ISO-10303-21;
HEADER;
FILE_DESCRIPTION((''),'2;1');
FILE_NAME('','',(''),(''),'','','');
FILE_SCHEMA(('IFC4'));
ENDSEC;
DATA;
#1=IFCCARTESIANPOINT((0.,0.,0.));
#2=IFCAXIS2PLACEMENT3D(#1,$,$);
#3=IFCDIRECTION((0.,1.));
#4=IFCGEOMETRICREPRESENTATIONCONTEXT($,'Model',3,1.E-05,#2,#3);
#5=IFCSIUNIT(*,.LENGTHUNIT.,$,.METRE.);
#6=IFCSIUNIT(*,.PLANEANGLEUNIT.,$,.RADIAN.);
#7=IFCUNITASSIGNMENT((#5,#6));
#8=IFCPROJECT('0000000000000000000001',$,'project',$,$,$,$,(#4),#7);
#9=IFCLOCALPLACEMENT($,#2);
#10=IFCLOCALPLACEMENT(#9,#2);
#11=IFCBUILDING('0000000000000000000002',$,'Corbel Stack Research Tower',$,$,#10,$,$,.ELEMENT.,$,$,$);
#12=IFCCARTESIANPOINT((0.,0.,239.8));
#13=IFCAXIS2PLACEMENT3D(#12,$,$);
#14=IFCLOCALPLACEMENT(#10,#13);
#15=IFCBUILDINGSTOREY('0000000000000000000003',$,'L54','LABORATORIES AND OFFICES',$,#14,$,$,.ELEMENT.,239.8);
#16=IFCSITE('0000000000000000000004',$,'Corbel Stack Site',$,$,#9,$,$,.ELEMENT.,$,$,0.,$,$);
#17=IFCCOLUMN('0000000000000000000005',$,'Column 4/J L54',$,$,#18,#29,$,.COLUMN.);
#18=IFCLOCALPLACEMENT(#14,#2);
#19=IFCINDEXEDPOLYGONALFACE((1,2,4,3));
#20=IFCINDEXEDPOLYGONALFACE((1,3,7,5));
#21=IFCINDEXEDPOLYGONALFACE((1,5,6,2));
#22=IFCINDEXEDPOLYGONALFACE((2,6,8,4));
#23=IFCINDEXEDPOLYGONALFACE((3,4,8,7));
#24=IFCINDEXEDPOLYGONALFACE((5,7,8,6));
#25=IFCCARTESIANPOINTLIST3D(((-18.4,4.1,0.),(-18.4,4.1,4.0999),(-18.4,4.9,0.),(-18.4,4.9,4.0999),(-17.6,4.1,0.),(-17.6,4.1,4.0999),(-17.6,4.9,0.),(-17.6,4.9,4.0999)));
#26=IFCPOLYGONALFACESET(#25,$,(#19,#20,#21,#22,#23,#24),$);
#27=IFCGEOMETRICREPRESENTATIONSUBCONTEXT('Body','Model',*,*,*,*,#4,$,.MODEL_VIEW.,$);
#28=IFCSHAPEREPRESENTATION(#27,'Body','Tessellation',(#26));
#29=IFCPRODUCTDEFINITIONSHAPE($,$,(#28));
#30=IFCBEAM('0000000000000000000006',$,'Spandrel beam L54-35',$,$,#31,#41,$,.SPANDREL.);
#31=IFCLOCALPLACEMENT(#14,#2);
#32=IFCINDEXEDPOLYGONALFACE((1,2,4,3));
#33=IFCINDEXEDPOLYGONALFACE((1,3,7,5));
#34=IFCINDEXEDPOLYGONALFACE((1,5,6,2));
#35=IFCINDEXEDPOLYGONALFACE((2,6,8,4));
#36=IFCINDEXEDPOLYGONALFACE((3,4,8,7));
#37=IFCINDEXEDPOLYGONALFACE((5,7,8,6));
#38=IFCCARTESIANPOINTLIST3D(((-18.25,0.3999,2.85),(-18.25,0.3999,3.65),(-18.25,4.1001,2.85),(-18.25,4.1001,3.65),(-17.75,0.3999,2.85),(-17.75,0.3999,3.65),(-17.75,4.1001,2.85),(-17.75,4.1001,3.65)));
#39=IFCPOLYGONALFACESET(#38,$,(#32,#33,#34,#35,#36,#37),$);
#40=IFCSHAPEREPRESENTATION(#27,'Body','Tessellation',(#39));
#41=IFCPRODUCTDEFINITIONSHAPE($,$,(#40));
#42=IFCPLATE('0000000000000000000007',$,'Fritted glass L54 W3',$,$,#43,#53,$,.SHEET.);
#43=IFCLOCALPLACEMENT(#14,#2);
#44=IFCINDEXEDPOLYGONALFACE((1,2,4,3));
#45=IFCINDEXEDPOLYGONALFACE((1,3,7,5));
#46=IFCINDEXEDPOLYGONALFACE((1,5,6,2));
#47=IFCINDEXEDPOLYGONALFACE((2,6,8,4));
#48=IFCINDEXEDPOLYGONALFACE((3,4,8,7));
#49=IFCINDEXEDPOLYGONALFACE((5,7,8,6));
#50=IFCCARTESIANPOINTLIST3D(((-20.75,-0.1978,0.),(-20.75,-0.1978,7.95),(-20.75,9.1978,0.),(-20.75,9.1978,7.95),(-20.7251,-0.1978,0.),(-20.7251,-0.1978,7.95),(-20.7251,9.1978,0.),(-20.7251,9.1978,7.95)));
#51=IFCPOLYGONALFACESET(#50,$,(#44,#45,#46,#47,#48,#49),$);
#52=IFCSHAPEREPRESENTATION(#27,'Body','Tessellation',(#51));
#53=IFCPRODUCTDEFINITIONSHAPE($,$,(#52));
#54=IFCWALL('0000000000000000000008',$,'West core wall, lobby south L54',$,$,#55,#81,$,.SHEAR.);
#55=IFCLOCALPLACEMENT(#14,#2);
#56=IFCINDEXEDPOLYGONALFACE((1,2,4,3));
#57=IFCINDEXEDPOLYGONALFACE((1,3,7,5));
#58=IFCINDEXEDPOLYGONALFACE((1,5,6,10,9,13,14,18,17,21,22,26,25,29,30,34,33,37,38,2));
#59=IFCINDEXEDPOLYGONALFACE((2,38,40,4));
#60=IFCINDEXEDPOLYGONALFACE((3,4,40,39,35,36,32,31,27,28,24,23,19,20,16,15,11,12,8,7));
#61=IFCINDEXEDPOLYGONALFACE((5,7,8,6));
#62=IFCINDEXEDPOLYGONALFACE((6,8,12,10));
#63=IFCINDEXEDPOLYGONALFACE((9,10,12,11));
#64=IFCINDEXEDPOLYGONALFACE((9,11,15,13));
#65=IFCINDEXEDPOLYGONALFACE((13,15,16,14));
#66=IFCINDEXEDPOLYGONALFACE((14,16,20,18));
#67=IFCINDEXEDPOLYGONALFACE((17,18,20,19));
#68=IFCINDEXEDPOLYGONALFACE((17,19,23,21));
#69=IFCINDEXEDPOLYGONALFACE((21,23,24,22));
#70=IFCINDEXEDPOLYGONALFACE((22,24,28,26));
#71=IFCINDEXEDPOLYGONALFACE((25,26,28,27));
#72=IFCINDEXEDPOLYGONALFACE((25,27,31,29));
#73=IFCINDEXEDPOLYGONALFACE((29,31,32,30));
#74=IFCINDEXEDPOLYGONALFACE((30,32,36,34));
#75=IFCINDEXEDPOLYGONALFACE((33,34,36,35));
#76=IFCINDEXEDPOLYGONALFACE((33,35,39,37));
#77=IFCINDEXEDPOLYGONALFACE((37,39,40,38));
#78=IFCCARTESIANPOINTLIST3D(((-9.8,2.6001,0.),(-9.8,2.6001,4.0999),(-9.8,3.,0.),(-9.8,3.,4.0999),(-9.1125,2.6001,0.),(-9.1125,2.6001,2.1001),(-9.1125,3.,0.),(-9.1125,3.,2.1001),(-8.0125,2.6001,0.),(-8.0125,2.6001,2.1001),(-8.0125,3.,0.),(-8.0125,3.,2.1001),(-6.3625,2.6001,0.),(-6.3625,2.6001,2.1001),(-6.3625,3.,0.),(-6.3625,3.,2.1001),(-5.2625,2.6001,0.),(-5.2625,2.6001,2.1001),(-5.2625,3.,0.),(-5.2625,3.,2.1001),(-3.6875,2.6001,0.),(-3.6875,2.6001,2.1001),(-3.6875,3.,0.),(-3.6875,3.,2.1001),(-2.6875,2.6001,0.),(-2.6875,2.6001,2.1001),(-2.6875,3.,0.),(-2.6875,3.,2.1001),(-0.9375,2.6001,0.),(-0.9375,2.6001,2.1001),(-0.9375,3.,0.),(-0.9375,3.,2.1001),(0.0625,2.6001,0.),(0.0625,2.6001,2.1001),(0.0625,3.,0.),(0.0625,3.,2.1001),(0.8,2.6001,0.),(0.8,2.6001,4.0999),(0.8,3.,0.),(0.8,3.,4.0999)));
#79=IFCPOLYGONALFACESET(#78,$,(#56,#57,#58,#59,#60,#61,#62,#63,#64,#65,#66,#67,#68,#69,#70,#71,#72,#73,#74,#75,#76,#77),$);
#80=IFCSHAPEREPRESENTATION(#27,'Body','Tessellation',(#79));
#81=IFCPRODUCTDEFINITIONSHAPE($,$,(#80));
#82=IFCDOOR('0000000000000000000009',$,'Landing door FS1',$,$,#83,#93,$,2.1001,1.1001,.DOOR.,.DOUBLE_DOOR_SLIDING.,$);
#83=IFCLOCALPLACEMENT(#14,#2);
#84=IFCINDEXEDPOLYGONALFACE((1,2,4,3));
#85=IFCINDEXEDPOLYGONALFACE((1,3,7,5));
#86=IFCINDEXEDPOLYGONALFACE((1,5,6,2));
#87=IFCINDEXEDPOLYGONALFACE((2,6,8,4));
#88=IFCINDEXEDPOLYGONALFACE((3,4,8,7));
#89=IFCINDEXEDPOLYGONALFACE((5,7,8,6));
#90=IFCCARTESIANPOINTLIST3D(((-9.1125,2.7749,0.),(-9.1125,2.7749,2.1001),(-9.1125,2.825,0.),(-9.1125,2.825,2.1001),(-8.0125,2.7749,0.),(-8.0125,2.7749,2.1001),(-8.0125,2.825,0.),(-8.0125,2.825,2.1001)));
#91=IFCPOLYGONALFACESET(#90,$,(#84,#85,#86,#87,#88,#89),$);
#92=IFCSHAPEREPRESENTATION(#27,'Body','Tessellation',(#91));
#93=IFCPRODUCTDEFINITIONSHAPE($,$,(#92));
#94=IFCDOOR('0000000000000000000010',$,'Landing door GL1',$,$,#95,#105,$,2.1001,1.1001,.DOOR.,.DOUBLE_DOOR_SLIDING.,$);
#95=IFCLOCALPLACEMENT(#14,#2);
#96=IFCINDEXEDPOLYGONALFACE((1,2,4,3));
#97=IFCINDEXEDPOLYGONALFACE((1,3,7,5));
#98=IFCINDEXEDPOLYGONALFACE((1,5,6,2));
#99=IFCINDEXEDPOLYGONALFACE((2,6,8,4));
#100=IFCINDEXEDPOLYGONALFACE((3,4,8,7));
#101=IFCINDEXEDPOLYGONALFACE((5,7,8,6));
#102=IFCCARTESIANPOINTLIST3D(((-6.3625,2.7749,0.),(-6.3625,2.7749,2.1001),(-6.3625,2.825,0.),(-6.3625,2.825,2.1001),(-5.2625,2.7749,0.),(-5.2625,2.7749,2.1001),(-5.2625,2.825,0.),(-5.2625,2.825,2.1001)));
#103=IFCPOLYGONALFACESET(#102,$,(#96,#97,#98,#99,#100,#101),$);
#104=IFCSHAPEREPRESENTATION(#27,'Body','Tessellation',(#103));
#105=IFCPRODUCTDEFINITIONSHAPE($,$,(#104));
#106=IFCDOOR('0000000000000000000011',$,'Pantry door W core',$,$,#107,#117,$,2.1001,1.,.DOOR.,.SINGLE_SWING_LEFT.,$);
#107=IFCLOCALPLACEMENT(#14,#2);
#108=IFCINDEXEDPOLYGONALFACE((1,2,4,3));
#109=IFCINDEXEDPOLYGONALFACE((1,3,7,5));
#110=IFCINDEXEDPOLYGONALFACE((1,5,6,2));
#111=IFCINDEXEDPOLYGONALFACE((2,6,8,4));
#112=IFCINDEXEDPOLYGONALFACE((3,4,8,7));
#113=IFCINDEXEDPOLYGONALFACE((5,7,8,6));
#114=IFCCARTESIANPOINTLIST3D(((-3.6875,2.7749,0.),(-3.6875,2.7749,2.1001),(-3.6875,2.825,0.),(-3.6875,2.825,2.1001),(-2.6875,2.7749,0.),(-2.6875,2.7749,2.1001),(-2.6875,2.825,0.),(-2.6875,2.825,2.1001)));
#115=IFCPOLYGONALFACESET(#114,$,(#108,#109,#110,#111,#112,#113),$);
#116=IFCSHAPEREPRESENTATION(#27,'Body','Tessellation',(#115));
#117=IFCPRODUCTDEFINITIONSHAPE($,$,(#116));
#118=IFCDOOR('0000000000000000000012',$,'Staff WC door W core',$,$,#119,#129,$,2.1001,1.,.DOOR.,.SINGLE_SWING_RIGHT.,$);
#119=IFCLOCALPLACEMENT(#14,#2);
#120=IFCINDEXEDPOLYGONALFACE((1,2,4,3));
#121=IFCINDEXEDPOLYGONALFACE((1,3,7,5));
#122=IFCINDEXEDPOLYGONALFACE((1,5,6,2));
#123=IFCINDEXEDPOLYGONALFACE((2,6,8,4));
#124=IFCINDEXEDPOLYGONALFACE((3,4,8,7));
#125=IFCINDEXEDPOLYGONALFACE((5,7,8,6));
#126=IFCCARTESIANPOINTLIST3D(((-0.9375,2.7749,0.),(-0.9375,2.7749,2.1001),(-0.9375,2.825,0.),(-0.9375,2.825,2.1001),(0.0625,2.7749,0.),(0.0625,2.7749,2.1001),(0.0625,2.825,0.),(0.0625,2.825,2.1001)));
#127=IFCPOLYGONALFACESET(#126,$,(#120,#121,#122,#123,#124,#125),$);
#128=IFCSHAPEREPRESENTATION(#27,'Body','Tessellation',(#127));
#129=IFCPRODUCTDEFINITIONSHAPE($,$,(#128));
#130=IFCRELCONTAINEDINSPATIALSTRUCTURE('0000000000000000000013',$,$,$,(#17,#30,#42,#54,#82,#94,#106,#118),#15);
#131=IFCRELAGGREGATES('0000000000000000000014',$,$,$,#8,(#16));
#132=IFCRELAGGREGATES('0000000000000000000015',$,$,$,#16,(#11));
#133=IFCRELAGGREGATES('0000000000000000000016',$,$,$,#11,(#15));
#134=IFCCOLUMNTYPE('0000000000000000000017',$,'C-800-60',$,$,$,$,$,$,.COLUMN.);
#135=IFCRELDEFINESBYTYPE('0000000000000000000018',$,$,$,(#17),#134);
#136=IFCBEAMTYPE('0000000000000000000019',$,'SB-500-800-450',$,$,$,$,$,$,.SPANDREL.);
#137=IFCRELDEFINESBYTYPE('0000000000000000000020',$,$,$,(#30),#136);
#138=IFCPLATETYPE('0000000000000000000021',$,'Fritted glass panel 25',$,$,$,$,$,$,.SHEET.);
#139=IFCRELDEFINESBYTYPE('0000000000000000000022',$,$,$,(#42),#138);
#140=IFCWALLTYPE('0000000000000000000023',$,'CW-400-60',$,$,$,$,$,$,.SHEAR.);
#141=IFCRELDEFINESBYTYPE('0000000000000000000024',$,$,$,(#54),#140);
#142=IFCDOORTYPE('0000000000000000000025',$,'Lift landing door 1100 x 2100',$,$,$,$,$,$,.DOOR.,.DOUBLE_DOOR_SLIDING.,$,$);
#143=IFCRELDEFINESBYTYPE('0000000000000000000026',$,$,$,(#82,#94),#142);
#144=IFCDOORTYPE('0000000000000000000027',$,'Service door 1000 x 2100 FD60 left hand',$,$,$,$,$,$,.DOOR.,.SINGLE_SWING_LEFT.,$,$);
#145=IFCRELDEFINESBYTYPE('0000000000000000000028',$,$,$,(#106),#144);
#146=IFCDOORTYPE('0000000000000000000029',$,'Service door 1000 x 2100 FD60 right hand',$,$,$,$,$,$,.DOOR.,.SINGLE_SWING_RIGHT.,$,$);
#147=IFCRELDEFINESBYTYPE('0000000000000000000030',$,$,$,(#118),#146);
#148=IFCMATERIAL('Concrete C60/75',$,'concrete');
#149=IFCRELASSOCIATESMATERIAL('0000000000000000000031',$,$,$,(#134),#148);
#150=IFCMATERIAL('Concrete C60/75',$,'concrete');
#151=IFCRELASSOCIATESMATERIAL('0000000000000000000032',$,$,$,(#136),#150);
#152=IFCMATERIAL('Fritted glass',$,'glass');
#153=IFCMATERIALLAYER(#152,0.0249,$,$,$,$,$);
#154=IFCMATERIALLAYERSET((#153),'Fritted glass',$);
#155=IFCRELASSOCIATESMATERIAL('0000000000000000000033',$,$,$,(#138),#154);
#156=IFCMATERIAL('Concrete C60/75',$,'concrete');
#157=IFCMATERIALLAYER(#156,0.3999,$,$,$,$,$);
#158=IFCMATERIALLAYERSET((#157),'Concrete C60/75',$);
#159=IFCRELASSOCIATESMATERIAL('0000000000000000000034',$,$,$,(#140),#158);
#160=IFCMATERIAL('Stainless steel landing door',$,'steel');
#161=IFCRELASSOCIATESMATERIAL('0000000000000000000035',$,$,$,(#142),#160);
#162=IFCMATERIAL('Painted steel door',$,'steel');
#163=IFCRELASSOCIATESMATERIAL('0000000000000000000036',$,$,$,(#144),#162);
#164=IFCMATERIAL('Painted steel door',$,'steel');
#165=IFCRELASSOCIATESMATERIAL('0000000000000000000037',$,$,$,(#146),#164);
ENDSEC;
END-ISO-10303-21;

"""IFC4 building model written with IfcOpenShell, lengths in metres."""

from ifc_helpers import new_model, si_unit, direction, frame, frame_2d, origin, origin_2d, place, context, subcontext, project, spatial, rectangle, extrude, material, layer, layer_set, material_profile, profile_set, type_object, element, fill, save


model = new_model("IFC4")

# Units and contexts
model_context = context("Model", 3, precision=1e-05, world=origin(), true_north=direction((0.0, 1.0)))
body_context = subcontext(model_context, "Body", "Model", "MODEL_VIEW")
ifc_project = project(units=[si_unit("LENGTHUNIT", "METRE"), si_unit("PLANEANGLEUNIT", "RADIAN")], contexts=[model_context])

# Site, building, storey
site_placement = place(None, origin())
site = spatial("IfcSite", under=ifc_project, at=site_placement, Name="Corbel Stack Site", CompositionType="ELEMENT", RefElevation=0.0)
building_placement = place(site_placement, origin())
building = spatial("IfcBuilding", under=site, at=building_placement, Name="Corbel Stack Research Tower", CompositionType="ELEMENT")
storey_placement = place(building_placement, frame((0.0, 0.0, 239.8)))
storey = spatial("IfcBuildingStorey", under=building, at=storey_placement, Name="L54", Description="LABORATORIES AND OFFICES", CompositionType="ELEMENT", Elevation=239.8)

# Column
ifc_material_1 = material(Name="Concrete C60/75", Category="concrete")
ifc_material_profile_1 = material_profile(ifc_material_1, rectangle(XDim=0.8, YDim=0.8, at=origin_2d()), Name="RC 800 x 800")
ifc_profile_set_1 = profile_set([ifc_material_profile_1], Name="Concrete C60/75")
column_type = type_object("IfcColumnType", Name="C-800-60", PredefinedType="COLUMN", material=ifc_profile_set_1)
column_placement = place(storey_placement, frame((-18.0, 4.5, 0.0), z_axis=(0.0, 0.0, 1.0), x_axis=(1.0, 0.0, 0.0)))
element("IfcColumn", 1, at=column_placement, inside=storey, type_object=column_type, Name="Column 4/J L54", PredefinedType="COLUMN", context=body_context, shape_type="SweptSolid", body=[
    extrude(rectangle(XDim=0.8, YDim=0.8, at=origin_2d()), origin(), (0.0, 0.0, 1.0), 4.0999),
])

# Beam
ifc_material_2 = material(Name="Concrete C60/75", Category="concrete")
ifc_material_profile_2 = material_profile(ifc_material_2, rectangle(XDim=0.5, YDim=0.8, at=origin_2d()), Name="RC 500 x 800")
ifc_profile_set_2 = profile_set([ifc_material_profile_2], Name="Concrete C60/75")
beam_type = type_object("IfcBeamType", Name="SB-500-800-450", PredefinedType="SPANDREL", material=ifc_profile_set_2)
beam_placement = place(storey_placement, frame((-18.0, 4.1001, 3.25), z_axis=(0.0, -1.0, 0.0), x_axis=(1.0, 0.0, 0.0)))
element("IfcBeam", 2, at=beam_placement, inside=storey, type_object=beam_type, Name="Spandrel beam L54-35", PredefinedType="SPANDREL", context=body_context, shape_type="SweptSolid", body=[
    extrude(rectangle(XDim=0.5, YDim=0.8, at=origin_2d()), origin(), (0.0, 0.0, 1.0), 3.7002),
])

# Plate
ifc_material_3 = material(Name="Fritted glass", Category="glass")
ifc_layer_1 = layer(ifc_material_3, 0.0249)
ifc_layer_set_1 = layer_set([ifc_layer_1], Name="Fritted glass")
plate_type = type_object("IfcPlateType", Name="Fritted glass panel 25", PredefinedType="SHEET", material=ifc_layer_set_1)
plate_placement = place(storey_placement, frame((-20.7375, 4.5, 0.0), z_axis=(0.0, 0.0, 1.0), x_axis=(0.0, -1.0, 0.0)))
element("IfcPlate", 3, at=plate_placement, inside=storey, type_object=plate_type, Name="Fritted glass L54 W3", PredefinedType="SHEET", context=body_context, shape_type="SweptSolid", body=[
    extrude(rectangle(XDim=9.3955, YDim=0.0249, at=origin_2d()), origin(), (0.0, 0.0, 1.0), 7.95),
])

# Wall, openings, doors
ifc_material_4 = material(Name="Concrete C60/75", Category="concrete")
ifc_layer_2 = layer(ifc_material_4, 0.3999)
ifc_layer_set_2 = layer_set([ifc_layer_2], Name="Concrete C60/75")
wall_type_1 = type_object("IfcWallType", Name="CW-400-60", PredefinedType="SHEAR", material=ifc_layer_set_2)
wall_1_placement = place(storey_placement, frame((-9.8, 2.8, 0.0), z_axis=(0.0, 0.0, 1.0), x_axis=(1.0, 0.0, 0.0)))
wall_1 = element("IfcWall", 4, at=wall_1_placement, inside=storey, type_object=wall_type_1, Name="West core wall, lobby south L54", PredefinedType="SHEAR", context=body_context, shape_type="SweptSolid", body=[
    extrude(rectangle(XDim=10.6001, YDim=0.3999, at=frame_2d((5.3, 0.0))), origin(), (0.0, 0.0, 1.0), 4.0999),
])
opening_1_placement = place(wall_1_placement, frame((0.6875, 0.0, 0.0)))
opening_1 = element("IfcOpeningElement", 5, at=opening_1_placement, cuts=wall_1, PredefinedType="OPENING", context=body_context, shape_type="SweptSolid", body=[
    extrude(rectangle(XDim=1.1001, YDim=2.1001, at=frame_2d((0.55, 1.05))), frame((0.0, 0.21, 0.0), z_axis=(0.0, -1.0, 0.0), x_axis=(1.0, 0.0, 0.0)), (0.0, 0.0, 1.0), 0.4199),
])
opening_2_placement = place(wall_1_placement, frame((3.4375, 0.0, 0.0)))
opening_2 = element("IfcOpeningElement", 6, at=opening_2_placement, cuts=wall_1, PredefinedType="OPENING", context=body_context, shape_type="SweptSolid", body=[
    extrude(rectangle(XDim=1.1001, YDim=2.1001, at=frame_2d((0.55, 1.05))), frame((0.0, 0.21, 0.0), z_axis=(0.0, -1.0, 0.0), x_axis=(1.0, 0.0, 0.0)), (0.0, 0.0, 1.0), 0.4199),
])
opening_3_placement = place(wall_1_placement, frame((6.1125, 0.0, 0.0)))
opening_3 = element("IfcOpeningElement", 7, at=opening_3_placement, cuts=wall_1, PredefinedType="OPENING", context=body_context, shape_type="SweptSolid", body=[
    extrude(rectangle(XDim=1.0, YDim=2.1001, at=frame_2d((0.5, 1.05))), frame((0.0, 0.21, 0.0), z_axis=(0.0, -1.0, 0.0), x_axis=(1.0, 0.0, 0.0)), (0.0, 0.0, 1.0), 0.4199),
])
opening_4_placement = place(wall_1_placement, frame((8.8625, 0.0, 0.0)))
opening_4 = element("IfcOpeningElement", 8, at=opening_4_placement, cuts=wall_1, PredefinedType="OPENING", context=body_context, shape_type="SweptSolid", body=[
    extrude(rectangle(XDim=1.0, YDim=2.1001, at=frame_2d((0.5, 1.05))), frame((0.0, 0.21, 0.0), z_axis=(0.0, -1.0, 0.0), x_axis=(1.0, 0.0, 0.0)), (0.0, 0.0, 1.0), 0.4199),
])
ifc_material_5 = material(Name="Stainless steel landing door", Category="steel")
door_type_1 = type_object("IfcDoorType", Name="Lift landing door 1100 x 2100", OperationType="DOUBLE_DOOR_SLIDING", PredefinedType="DOOR", material=ifc_material_5)
door_1_placement = place(opening_1_placement, origin())
door_1 = element("IfcDoor", 9, at=door_1_placement, inside=storey, type_object=door_type_1, Name="Landing door FS1", OperationType="DOUBLE_DOOR_SLIDING", OverallHeight=2.1001, OverallWidth=1.1001, PredefinedType="DOOR", context=body_context, shape_type="SweptSolid", body=[
    extrude(rectangle(XDim=1.1001, YDim=2.1001, at=frame_2d((0.55, 1.05))), frame((0.0, 0.0249, 0.0), z_axis=(0.0, -1.0, 0.0), x_axis=(1.0, 0.0, 0.0)), (0.0, 0.0, 1.0), 0.05),
])
fill(opening_1, door_1)
door_2_placement = place(opening_2_placement, origin())
door_2 = element("IfcDoor", 10, at=door_2_placement, inside=storey, type_object=door_type_1, Name="Landing door GL1", OperationType="DOUBLE_DOOR_SLIDING", OverallHeight=2.1001, OverallWidth=1.1001, PredefinedType="DOOR", context=body_context, shape_type="SweptSolid", body=[
    extrude(rectangle(XDim=1.1001, YDim=2.1001, at=frame_2d((0.55, 1.05))), frame((0.0, 0.0249, 0.0), z_axis=(0.0, -1.0, 0.0), x_axis=(1.0, 0.0, 0.0)), (0.0, 0.0, 1.0), 0.05),
])
fill(opening_2, door_2)
ifc_material_6 = material(Name="Painted steel door", Category="steel")
door_type_2 = type_object("IfcDoorType", Name="Service door 1000 x 2100 FD60 left hand", OperationType="SINGLE_SWING_LEFT", PredefinedType="DOOR", material=ifc_material_6)
door_3_placement = place(opening_3_placement, origin())
door_3 = element("IfcDoor", 11, at=door_3_placement, inside=storey, type_object=door_type_2, Name="Pantry door W core", OperationType="SINGLE_SWING_LEFT", OverallHeight=2.1001, OverallWidth=1.0, PredefinedType="DOOR", context=body_context, shape_type="SweptSolid", body=[
    extrude(rectangle(XDim=1.0, YDim=2.1001, at=frame_2d((0.5, 1.05))), frame((0.0, 0.0249, 0.0), z_axis=(0.0, -1.0, 0.0), x_axis=(1.0, 0.0, 0.0)), (0.0, 0.0, 1.0), 0.05),
])
fill(opening_3, door_3)
ifc_material_7 = material(Name="Painted steel door", Category="steel")
door_type_3 = type_object("IfcDoorType", Name="Service door 1000 x 2100 FD60 right hand", OperationType="SINGLE_SWING_RIGHT", PredefinedType="DOOR", material=ifc_material_7)
door_4_placement = place(opening_4_placement, origin())
door_4 = element("IfcDoor", 12, at=door_4_placement, inside=storey, type_object=door_type_3, Name="Staff WC door W core", OperationType="SINGLE_SWING_RIGHT", OverallHeight=2.1001, OverallWidth=1.0, PredefinedType="DOOR", context=body_context, shape_type="SweptSolid", body=[
    extrude(rectangle(XDim=1.0, YDim=2.1001, at=frame_2d((0.5, 1.05))), frame((0.0, 0.0249, 0.0), z_axis=(0.0, -1.0, 0.0), x_axis=(1.0, 0.0, 0.0)), (0.0, 0.0, 1.0), 0.05),
])
fill(opening_4, door_4)

save(model, "model.ifc")
